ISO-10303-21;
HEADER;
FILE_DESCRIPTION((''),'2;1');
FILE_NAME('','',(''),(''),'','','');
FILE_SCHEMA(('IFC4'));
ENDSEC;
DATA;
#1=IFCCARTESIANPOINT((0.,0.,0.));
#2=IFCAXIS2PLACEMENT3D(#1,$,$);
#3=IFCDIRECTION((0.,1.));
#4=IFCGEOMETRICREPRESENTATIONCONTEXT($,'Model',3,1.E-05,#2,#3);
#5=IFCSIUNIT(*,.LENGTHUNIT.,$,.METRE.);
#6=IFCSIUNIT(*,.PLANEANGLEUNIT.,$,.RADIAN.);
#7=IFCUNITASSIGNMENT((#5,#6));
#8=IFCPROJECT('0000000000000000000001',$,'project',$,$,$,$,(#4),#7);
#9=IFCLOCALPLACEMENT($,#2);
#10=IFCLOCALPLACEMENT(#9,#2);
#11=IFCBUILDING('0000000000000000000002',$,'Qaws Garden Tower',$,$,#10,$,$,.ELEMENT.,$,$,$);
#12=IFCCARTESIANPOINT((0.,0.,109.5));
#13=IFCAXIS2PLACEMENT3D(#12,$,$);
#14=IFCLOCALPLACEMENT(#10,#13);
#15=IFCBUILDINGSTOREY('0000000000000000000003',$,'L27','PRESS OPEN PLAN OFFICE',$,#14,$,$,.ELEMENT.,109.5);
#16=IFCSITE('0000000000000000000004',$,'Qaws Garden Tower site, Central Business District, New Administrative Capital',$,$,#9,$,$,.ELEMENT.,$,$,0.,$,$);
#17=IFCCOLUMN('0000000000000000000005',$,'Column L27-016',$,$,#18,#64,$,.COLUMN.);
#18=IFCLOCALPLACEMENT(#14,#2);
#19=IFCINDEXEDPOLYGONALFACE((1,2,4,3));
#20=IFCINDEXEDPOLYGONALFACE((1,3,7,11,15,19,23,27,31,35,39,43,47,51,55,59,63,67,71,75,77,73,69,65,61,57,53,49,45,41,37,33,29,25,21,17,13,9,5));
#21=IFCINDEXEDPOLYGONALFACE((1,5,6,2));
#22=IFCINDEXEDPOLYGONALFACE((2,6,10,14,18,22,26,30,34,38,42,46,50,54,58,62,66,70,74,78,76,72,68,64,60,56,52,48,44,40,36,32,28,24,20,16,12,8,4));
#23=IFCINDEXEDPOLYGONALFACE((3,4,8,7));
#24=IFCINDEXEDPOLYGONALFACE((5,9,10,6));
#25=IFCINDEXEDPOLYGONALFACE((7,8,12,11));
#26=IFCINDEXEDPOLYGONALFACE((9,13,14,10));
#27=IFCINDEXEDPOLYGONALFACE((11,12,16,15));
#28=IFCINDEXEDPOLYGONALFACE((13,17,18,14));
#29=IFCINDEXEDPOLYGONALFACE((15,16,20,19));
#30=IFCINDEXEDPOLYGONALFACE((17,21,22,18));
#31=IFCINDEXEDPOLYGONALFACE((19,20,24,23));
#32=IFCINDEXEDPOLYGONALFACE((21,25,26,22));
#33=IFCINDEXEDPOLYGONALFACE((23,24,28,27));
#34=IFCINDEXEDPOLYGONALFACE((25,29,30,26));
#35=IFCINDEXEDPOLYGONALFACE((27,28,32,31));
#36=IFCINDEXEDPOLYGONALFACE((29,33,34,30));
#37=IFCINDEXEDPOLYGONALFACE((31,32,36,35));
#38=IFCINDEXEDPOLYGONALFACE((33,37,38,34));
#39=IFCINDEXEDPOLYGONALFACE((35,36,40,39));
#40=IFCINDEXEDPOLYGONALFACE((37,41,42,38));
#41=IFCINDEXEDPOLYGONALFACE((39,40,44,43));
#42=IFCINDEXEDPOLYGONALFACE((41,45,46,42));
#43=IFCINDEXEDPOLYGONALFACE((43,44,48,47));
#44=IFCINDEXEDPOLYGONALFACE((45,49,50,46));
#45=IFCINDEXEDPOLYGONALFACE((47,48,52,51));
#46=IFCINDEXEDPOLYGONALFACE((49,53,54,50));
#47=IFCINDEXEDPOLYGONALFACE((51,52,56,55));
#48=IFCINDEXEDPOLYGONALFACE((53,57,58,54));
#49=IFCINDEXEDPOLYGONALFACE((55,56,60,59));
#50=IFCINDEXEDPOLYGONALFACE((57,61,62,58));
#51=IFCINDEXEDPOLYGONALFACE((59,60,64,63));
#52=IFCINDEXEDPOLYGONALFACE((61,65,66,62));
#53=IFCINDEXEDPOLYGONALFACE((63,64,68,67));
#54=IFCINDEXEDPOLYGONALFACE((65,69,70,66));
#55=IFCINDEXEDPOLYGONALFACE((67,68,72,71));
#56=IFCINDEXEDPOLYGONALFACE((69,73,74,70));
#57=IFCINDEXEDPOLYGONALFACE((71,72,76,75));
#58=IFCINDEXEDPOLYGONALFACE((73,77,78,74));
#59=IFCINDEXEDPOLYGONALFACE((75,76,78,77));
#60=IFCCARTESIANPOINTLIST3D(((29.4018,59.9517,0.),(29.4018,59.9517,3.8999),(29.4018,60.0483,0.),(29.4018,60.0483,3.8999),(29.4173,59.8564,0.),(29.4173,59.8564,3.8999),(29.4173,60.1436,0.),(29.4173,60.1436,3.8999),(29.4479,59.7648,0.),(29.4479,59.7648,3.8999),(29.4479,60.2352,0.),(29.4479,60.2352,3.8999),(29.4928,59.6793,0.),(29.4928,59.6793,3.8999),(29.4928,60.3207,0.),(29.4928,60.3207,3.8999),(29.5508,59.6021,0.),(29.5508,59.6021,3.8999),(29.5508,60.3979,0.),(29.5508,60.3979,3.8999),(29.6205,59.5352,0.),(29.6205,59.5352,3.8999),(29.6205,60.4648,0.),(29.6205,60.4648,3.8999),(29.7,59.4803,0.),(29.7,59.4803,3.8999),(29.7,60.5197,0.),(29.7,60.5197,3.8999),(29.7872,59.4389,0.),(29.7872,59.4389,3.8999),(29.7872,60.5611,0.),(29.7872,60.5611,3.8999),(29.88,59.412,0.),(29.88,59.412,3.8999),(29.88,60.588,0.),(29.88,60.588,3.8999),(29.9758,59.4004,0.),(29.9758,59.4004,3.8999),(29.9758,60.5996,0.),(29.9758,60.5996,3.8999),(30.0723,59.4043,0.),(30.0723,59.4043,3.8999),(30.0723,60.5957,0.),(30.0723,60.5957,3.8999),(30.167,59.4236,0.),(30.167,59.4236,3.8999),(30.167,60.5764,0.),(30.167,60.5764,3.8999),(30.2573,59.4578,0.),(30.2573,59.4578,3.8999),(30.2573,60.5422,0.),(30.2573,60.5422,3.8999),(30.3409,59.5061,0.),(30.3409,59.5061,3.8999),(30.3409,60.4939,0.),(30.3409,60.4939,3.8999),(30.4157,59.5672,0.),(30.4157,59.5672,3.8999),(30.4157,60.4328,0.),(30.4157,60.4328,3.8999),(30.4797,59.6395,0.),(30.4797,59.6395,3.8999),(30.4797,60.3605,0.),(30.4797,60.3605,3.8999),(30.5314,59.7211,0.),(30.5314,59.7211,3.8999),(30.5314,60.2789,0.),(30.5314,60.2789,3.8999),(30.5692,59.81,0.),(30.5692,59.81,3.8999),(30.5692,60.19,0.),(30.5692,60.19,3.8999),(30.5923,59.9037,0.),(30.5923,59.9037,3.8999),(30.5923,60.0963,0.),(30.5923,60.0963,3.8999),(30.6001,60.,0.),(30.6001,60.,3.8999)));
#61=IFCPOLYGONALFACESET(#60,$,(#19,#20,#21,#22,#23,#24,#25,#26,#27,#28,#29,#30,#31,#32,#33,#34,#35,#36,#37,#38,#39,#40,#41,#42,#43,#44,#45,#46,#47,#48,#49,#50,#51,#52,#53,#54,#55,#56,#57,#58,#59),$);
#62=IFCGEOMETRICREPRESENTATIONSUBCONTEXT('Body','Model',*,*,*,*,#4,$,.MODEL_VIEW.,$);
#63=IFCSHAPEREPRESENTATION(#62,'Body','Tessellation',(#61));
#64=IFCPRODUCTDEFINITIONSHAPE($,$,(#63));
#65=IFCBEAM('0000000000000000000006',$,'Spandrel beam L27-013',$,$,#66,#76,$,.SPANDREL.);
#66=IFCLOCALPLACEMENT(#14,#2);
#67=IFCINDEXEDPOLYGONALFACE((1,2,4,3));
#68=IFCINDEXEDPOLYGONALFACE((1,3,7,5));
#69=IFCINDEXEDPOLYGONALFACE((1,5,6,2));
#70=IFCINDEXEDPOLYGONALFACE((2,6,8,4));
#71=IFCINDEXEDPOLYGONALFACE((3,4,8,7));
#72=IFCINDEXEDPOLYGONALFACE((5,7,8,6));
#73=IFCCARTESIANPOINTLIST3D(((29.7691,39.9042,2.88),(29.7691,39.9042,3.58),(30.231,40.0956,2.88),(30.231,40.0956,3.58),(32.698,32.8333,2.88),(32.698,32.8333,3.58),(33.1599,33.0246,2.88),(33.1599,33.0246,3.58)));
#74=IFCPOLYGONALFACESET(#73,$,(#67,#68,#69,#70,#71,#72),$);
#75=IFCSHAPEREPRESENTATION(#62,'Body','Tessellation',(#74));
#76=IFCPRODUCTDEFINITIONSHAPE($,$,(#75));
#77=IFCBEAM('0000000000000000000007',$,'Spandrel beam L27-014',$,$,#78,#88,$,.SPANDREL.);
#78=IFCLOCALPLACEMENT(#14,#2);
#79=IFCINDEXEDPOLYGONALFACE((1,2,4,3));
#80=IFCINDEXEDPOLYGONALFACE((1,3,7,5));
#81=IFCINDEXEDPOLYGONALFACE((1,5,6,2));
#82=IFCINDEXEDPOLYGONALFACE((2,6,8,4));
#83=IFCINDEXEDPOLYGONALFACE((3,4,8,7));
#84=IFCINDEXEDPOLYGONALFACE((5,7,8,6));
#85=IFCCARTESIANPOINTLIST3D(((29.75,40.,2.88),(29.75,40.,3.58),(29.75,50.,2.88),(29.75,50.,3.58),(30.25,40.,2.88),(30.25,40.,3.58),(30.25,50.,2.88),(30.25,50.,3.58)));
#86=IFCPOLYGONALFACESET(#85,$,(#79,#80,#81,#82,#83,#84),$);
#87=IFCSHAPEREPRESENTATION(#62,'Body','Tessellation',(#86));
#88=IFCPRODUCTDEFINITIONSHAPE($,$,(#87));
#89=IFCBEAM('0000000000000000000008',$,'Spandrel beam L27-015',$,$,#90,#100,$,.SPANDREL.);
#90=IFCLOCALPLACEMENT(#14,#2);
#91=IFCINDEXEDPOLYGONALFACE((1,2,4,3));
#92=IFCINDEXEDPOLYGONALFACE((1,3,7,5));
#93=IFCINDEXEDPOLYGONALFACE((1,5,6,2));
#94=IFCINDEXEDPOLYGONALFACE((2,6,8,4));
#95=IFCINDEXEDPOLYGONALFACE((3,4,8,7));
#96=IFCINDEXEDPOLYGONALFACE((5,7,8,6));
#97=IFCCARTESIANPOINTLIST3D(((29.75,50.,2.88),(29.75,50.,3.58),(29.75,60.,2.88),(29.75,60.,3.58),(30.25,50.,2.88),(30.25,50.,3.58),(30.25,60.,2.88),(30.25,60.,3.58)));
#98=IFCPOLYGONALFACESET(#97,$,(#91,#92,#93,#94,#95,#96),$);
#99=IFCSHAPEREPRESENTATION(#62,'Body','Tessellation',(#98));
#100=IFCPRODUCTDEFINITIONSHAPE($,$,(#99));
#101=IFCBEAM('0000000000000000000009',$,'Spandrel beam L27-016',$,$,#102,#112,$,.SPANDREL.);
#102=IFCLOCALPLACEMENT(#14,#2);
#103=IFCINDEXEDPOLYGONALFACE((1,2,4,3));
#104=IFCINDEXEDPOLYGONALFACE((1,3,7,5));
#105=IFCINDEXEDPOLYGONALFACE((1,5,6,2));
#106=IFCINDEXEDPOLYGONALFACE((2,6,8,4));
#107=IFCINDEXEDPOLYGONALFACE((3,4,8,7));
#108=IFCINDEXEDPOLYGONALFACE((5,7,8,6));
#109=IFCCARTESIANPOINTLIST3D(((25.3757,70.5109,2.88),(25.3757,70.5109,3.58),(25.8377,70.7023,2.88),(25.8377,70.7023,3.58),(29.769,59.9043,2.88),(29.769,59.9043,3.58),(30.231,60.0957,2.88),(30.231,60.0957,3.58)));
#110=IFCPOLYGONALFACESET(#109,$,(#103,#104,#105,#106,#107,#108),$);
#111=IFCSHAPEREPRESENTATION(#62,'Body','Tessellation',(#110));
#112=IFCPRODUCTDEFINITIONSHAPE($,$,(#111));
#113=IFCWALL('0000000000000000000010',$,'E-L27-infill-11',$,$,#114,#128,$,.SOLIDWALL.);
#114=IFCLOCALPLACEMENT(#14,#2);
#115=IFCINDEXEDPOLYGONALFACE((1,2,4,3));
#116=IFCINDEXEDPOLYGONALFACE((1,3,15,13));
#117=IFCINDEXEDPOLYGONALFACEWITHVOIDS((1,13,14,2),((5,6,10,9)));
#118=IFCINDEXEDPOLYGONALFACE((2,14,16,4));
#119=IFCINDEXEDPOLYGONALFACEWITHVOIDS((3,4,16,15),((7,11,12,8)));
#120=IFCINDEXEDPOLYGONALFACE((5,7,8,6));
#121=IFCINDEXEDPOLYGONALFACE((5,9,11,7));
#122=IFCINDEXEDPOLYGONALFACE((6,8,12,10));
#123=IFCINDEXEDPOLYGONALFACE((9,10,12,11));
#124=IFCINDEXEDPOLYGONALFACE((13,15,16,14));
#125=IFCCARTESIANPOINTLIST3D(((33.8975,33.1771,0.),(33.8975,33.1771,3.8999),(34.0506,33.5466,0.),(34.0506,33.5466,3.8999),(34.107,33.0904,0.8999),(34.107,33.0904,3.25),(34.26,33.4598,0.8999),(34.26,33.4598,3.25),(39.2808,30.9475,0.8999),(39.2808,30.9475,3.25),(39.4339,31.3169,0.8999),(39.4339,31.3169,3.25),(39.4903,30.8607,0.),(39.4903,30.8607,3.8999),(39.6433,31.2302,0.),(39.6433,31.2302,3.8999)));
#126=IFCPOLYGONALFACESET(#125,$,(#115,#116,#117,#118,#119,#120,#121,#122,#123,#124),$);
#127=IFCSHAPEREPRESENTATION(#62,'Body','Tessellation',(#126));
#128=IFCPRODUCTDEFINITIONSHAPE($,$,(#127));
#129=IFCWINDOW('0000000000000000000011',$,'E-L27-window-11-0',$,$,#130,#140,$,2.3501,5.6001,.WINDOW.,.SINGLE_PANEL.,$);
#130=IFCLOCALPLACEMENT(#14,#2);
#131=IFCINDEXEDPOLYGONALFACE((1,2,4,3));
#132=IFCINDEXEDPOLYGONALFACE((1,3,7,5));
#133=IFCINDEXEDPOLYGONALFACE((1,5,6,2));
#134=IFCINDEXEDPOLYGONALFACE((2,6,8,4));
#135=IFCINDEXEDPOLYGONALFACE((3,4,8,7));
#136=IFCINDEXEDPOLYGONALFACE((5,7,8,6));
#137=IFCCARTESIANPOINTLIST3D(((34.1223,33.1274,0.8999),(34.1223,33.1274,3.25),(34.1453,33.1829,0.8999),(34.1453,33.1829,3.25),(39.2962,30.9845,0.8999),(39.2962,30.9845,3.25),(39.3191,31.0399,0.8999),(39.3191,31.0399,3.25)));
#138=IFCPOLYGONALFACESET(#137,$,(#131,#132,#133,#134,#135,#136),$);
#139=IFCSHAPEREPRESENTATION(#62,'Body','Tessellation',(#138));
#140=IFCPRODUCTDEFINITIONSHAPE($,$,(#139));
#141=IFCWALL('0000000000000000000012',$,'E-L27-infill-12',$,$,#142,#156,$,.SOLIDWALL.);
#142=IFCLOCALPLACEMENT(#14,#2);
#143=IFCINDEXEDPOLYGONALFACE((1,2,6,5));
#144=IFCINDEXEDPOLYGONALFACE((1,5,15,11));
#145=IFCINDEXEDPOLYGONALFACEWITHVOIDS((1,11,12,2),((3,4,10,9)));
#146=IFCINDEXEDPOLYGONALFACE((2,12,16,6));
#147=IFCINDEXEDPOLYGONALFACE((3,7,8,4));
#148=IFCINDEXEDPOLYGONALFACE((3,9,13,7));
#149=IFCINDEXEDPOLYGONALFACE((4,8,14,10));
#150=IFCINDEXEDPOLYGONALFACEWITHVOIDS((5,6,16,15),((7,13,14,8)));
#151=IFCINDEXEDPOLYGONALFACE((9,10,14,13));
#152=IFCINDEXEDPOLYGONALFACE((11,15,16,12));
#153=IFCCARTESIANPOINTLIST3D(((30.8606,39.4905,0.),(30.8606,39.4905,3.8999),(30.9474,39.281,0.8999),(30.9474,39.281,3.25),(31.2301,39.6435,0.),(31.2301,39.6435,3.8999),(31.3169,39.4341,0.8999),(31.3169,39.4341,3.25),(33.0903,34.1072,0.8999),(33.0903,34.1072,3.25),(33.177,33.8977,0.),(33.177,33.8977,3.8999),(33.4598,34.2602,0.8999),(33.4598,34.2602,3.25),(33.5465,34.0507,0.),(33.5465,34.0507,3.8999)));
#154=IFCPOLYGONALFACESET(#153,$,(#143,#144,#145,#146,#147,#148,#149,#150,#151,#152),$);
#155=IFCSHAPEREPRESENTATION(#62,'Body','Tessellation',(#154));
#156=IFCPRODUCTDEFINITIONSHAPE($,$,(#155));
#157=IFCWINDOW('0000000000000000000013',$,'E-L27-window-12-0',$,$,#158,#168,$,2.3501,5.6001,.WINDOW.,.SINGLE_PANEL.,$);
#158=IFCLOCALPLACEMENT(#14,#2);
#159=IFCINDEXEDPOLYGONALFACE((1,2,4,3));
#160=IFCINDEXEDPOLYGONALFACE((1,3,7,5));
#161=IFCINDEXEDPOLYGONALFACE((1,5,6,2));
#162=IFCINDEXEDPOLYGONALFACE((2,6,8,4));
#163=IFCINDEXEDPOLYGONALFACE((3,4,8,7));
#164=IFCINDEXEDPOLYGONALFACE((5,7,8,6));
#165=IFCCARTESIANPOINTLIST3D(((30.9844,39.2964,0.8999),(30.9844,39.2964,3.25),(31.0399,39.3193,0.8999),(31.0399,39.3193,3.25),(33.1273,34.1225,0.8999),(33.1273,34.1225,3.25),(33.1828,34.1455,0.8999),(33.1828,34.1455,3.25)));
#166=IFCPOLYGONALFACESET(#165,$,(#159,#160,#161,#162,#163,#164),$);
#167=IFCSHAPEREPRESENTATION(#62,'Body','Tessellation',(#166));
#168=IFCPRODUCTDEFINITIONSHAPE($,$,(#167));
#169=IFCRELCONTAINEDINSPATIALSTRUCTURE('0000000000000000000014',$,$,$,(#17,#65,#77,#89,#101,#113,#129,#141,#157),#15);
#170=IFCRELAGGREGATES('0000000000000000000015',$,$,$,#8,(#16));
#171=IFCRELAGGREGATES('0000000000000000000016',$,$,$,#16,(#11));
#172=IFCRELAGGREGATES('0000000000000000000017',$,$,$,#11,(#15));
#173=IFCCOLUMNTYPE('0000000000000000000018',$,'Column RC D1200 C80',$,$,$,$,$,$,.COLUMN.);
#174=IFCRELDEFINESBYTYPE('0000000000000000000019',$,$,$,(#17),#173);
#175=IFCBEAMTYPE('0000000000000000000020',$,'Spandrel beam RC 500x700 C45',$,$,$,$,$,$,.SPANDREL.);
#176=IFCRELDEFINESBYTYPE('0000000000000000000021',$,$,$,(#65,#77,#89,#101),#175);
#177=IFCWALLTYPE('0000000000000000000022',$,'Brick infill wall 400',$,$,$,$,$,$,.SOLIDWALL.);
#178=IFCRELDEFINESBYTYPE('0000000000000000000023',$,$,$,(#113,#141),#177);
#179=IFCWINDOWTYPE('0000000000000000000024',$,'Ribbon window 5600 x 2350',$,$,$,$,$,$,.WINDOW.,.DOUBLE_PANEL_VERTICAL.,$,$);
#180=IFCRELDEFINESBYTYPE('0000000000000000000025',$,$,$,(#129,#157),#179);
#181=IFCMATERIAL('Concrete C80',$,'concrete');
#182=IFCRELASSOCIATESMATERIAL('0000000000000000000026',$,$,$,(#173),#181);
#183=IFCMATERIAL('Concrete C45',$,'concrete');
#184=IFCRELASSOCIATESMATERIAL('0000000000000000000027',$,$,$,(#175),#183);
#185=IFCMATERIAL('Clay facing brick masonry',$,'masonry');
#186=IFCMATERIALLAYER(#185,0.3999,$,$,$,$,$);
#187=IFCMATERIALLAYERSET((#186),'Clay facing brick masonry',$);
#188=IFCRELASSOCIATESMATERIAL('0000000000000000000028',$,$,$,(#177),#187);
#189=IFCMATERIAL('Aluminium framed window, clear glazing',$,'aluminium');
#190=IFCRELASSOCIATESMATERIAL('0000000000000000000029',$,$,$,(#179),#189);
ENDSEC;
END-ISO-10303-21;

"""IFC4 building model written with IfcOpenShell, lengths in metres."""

from ifc_helpers import new_model, si_unit, direction, frame, frame_2d, origin, origin_2d, place, context, subcontext, project, spatial, rectangle, circle, extrude, material, layer, layer_set, material_profile, profile_set, type_object, element, fill, save


model = new_model("IFC4")

# Units and contexts
model_context = context("Model", 3, precision=1e-05, world=origin(), true_north=direction((0.0, 1.0)))
body_context = subcontext(model_context, "Body", "Model", "MODEL_VIEW")
ifc_project = project(units=[si_unit("LENGTHUNIT", "METRE"), si_unit("PLANEANGLEUNIT", "RADIAN")], contexts=[model_context])

# Site, building, storey
site_placement = place(None, origin())
site = spatial("IfcSite", under=ifc_project, at=site_placement, Name="Qaws Garden Tower site, Central Business District, New Administrative Capital", CompositionType="ELEMENT", RefElevation=0.0)
building_placement = place(site_placement, origin())
building = spatial("IfcBuilding", under=site, at=building_placement, Name="Qaws Garden Tower", CompositionType="ELEMENT")
storey_placement = place(building_placement, frame((0.0, 0.0, 109.5)))
storey = spatial("IfcBuildingStorey", under=building, at=storey_placement, Name="L27", Description="PRESS OPEN PLAN OFFICE", CompositionType="ELEMENT", Elevation=109.5)

# Column
ifc_material_1 = material(Name="Concrete C80", Category="concrete")
ifc_material_profile_1 = material_profile(ifc_material_1, circle(Radius=0.6001, at=origin_2d()), Name="RC D1200")
ifc_profile_set_1 = profile_set([ifc_material_profile_1], Name="Concrete C80")
column_type_1 = type_object("IfcColumnType", Name="Column RC D1200 C80", PredefinedType="COLUMN", material=ifc_profile_set_1)
for number, where, z_axis, x_axis, name in (
    (1, (30.0, 60.0, 0.0), (0.0, 0.0, 1.0), (1.0, 0.0, 0.0), "Column L27-016"),
):
    element("IfcColumn", number, at=place(storey_placement, frame(where, z_axis=z_axis, x_axis=x_axis)), inside=storey, type_object=column_type_1, Name=name, PredefinedType="COLUMN", context=body_context, shape_type="SweptSolid", body=[
        extrude(circle(Radius=0.6001, at=origin_2d()), origin(), (0.0, 0.0, 1.0), 3.8999),
    ])

# Beams
ifc_material_2 = material(Name="Concrete C45", Category="concrete")
ifc_material_profile_2 = material_profile(ifc_material_2, rectangle(XDim=0.5, YDim=0.7, at=origin_2d()), Name="RC 500x700")
ifc_profile_set_2 = profile_set([ifc_material_profile_2], Name="Concrete C45")
beam_type = type_object("IfcBeamType", Name="Spandrel beam RC 500x700 C45", PredefinedType="SPANDREL", material=ifc_profile_set_2)
beam_1_placement = place(storey_placement, frame((32.929, 32.929, 3.23), z_axis=(-0.382687, 0.923878, 0.0), x_axis=(-0.923878, -0.382687, 0.0)))
element("IfcBeam", 2, at=beam_1_placement, inside=storey, type_object=beam_type, Name="Spandrel beam L27-013", PredefinedType="SPANDREL", context=body_context, shape_type="SweptSolid", body=[
    extrude(rectangle(XDim=0.5, YDim=0.7, at=origin_2d()), origin(), (0.0, 0.0, 1.0), 7.6536),
])
for number, where, z_axis, x_axis, name in (
    (3, (30.0, 40.0, 3.23), (0.0, 1.0, 0.0), (-1.0, 0.0, 0.0), "Spandrel beam L27-014"),
    (4, (30.0, 50.0, 3.23), (0.0, 1.0, 0.0), (-1.0, 0.0, 0.0), "Spandrel beam L27-015"),
):
    element("IfcBeam", number, at=place(storey_placement, frame(where, z_axis=z_axis, x_axis=x_axis)), inside=storey, type_object=beam_type, Name=name, PredefinedType="SPANDREL", context=body_context, shape_type="SweptSolid", body=[
        extrude(rectangle(XDim=0.5, YDim=0.7, at=origin_2d()), origin(), (0.0, 0.0, 1.0), 10.0),
    ])
beam_2_placement = place(storey_placement, frame((30.0, 60.0, 3.23), z_axis=(-0.382674, 0.923883, 0.0), x_axis=(-0.923883, -0.382674, 0.0)))
element("IfcBeam", 5, at=beam_2_placement, inside=storey, type_object=beam_type, Name="Spandrel beam L27-016", PredefinedType="SPANDREL", context=body_context, shape_type="SweptSolid", body=[
    extrude(rectangle(XDim=0.5, YDim=0.7, at=origin_2d()), origin(), (0.0, 0.0, 1.0), 11.4805),
])

# Walls, openings, windows
ifc_material_3 = material(Name="Clay facing brick masonry", Category="masonry")
ifc_layer_1 = layer(ifc_material_3, 0.3999)
ifc_layer_set_1 = layer_set([ifc_layer_1], Name="Clay facing brick masonry")
wall_type_1 = type_object("IfcWallType", Name="Brick infill wall 400", PredefinedType="SOLIDWALL", material=ifc_layer_set_1)
wall_1_placement = place(storey_placement, frame((39.5669, 31.0454, 0.0), z_axis=(0.0, 0.0, 1.0), x_axis=(-0.923891, 0.382656, 0.0)))
wall_1 = element("IfcWall", 6, at=wall_1_placement, inside=storey, type_object=wall_type_1, Name="E-L27-infill-11", PredefinedType="SOLIDWALL", context=body_context, shape_type="SweptSolid", body=[
    extrude(rectangle(XDim=6.0535, YDim=0.3999, at=frame_2d((3.0269, 0.0))), origin(), (0.0, 0.0, 1.0), 3.8999),
])
opening_1_placement = place(wall_1_placement, frame((0.2268, 0.0, 0.8999)))
opening_1 = element("IfcOpeningElement", 7, at=opening_1_placement, cuts=wall_1, PredefinedType="OPENING", context=body_context, shape_type="SweptSolid", body=[
    extrude(rectangle(XDim=5.6001, YDim=2.3501, at=frame_2d((2.8, 1.175))), frame((0.0, 0.21, 0.0), z_axis=(0.0, -1.0, 0.0), x_axis=(1.0, 0.0, 0.0)), (0.0, 0.0, 1.0), 0.4199),
])
ifc_material_4 = material(Name="Aluminium framed window, clear glazing", Category="aluminium")
window_type_1 = type_object("IfcWindowType", Name="Ribbon window 5600 x 2350", PartitioningType="DOUBLE_PANEL_VERTICAL", PredefinedType="WINDOW", material=ifc_material_4)
window_1_placement = place(opening_1_placement, origin())
window_1 = element("IfcWindow", 8, at=window_1_placement, inside=storey, type_object=window_type_1, Name="E-L27-window-11-0", OverallHeight=2.3501, OverallWidth=5.6001, PartitioningType="SINGLE_PANEL", PredefinedType="WINDOW", context=body_context, shape_type="SweptSolid", body=[
    extrude(rectangle(XDim=5.6001, YDim=2.3501, at=frame_2d((2.8, 1.175))), frame((0.0, 0.1599, 0.0), z_axis=(0.0, -1.0, 0.0), x_axis=(1.0, 0.0, 0.0)), (0.0, 0.0, 1.0), 0.0601),
])
fill(opening_1, window_1)
wall_2_placement = place(storey_placement, frame((33.3618, 33.9741, 0.0), z_axis=(0.0, 0.0, 1.0), x_axis=(-0.382656, 0.923891, 0.0)))
wall_2 = element("IfcWall", 9, at=wall_2_placement, inside=storey, type_object=wall_type_1, Name="E-L27-infill-12", PredefinedType="SOLIDWALL", context=body_context, shape_type="SweptSolid", body=[
    extrude(rectangle(XDim=6.0535, YDim=0.3999, at=frame_2d((3.0269, 0.0))), origin(), (0.0, 0.0, 1.0), 3.8999),
])
opening_2_placement = place(wall_2_placement, frame((0.2268, 0.0, 0.8999)))
opening_2 = element("IfcOpeningElement", 10, at=opening_2_placement, cuts=wall_2, PredefinedType="OPENING", context=body_context, shape_type="SweptSolid", body=[
    extrude(rectangle(XDim=5.6001, YDim=2.3501, at=frame_2d((2.8, 1.175))), frame((0.0, 0.21, 0.0), z_axis=(0.0, -1.0, 0.0), x_axis=(1.0, 0.0, 0.0)), (0.0, 0.0, 1.0), 0.4199),
])
window_2_placement = place(opening_2_placement, origin())
window_2 = element("IfcWindow", 11, at=window_2_placement, inside=storey, type_object=window_type_1, Name="E-L27-window-12-0", OverallHeight=2.3501, OverallWidth=5.6001, PartitioningType="SINGLE_PANEL", PredefinedType="WINDOW", context=body_context, shape_type="SweptSolid", body=[
    extrude(rectangle(XDim=5.6001, YDim=2.3501, at=frame_2d((2.8, 1.175))), frame((0.0, 0.1599, 0.0), z_axis=(0.0, -1.0, 0.0), x_axis=(1.0, 0.0, 0.0)), (0.0, 0.0, 1.0), 0.0601),
])
fill(opening_2, window_2)

save(model, "model.ifc")
